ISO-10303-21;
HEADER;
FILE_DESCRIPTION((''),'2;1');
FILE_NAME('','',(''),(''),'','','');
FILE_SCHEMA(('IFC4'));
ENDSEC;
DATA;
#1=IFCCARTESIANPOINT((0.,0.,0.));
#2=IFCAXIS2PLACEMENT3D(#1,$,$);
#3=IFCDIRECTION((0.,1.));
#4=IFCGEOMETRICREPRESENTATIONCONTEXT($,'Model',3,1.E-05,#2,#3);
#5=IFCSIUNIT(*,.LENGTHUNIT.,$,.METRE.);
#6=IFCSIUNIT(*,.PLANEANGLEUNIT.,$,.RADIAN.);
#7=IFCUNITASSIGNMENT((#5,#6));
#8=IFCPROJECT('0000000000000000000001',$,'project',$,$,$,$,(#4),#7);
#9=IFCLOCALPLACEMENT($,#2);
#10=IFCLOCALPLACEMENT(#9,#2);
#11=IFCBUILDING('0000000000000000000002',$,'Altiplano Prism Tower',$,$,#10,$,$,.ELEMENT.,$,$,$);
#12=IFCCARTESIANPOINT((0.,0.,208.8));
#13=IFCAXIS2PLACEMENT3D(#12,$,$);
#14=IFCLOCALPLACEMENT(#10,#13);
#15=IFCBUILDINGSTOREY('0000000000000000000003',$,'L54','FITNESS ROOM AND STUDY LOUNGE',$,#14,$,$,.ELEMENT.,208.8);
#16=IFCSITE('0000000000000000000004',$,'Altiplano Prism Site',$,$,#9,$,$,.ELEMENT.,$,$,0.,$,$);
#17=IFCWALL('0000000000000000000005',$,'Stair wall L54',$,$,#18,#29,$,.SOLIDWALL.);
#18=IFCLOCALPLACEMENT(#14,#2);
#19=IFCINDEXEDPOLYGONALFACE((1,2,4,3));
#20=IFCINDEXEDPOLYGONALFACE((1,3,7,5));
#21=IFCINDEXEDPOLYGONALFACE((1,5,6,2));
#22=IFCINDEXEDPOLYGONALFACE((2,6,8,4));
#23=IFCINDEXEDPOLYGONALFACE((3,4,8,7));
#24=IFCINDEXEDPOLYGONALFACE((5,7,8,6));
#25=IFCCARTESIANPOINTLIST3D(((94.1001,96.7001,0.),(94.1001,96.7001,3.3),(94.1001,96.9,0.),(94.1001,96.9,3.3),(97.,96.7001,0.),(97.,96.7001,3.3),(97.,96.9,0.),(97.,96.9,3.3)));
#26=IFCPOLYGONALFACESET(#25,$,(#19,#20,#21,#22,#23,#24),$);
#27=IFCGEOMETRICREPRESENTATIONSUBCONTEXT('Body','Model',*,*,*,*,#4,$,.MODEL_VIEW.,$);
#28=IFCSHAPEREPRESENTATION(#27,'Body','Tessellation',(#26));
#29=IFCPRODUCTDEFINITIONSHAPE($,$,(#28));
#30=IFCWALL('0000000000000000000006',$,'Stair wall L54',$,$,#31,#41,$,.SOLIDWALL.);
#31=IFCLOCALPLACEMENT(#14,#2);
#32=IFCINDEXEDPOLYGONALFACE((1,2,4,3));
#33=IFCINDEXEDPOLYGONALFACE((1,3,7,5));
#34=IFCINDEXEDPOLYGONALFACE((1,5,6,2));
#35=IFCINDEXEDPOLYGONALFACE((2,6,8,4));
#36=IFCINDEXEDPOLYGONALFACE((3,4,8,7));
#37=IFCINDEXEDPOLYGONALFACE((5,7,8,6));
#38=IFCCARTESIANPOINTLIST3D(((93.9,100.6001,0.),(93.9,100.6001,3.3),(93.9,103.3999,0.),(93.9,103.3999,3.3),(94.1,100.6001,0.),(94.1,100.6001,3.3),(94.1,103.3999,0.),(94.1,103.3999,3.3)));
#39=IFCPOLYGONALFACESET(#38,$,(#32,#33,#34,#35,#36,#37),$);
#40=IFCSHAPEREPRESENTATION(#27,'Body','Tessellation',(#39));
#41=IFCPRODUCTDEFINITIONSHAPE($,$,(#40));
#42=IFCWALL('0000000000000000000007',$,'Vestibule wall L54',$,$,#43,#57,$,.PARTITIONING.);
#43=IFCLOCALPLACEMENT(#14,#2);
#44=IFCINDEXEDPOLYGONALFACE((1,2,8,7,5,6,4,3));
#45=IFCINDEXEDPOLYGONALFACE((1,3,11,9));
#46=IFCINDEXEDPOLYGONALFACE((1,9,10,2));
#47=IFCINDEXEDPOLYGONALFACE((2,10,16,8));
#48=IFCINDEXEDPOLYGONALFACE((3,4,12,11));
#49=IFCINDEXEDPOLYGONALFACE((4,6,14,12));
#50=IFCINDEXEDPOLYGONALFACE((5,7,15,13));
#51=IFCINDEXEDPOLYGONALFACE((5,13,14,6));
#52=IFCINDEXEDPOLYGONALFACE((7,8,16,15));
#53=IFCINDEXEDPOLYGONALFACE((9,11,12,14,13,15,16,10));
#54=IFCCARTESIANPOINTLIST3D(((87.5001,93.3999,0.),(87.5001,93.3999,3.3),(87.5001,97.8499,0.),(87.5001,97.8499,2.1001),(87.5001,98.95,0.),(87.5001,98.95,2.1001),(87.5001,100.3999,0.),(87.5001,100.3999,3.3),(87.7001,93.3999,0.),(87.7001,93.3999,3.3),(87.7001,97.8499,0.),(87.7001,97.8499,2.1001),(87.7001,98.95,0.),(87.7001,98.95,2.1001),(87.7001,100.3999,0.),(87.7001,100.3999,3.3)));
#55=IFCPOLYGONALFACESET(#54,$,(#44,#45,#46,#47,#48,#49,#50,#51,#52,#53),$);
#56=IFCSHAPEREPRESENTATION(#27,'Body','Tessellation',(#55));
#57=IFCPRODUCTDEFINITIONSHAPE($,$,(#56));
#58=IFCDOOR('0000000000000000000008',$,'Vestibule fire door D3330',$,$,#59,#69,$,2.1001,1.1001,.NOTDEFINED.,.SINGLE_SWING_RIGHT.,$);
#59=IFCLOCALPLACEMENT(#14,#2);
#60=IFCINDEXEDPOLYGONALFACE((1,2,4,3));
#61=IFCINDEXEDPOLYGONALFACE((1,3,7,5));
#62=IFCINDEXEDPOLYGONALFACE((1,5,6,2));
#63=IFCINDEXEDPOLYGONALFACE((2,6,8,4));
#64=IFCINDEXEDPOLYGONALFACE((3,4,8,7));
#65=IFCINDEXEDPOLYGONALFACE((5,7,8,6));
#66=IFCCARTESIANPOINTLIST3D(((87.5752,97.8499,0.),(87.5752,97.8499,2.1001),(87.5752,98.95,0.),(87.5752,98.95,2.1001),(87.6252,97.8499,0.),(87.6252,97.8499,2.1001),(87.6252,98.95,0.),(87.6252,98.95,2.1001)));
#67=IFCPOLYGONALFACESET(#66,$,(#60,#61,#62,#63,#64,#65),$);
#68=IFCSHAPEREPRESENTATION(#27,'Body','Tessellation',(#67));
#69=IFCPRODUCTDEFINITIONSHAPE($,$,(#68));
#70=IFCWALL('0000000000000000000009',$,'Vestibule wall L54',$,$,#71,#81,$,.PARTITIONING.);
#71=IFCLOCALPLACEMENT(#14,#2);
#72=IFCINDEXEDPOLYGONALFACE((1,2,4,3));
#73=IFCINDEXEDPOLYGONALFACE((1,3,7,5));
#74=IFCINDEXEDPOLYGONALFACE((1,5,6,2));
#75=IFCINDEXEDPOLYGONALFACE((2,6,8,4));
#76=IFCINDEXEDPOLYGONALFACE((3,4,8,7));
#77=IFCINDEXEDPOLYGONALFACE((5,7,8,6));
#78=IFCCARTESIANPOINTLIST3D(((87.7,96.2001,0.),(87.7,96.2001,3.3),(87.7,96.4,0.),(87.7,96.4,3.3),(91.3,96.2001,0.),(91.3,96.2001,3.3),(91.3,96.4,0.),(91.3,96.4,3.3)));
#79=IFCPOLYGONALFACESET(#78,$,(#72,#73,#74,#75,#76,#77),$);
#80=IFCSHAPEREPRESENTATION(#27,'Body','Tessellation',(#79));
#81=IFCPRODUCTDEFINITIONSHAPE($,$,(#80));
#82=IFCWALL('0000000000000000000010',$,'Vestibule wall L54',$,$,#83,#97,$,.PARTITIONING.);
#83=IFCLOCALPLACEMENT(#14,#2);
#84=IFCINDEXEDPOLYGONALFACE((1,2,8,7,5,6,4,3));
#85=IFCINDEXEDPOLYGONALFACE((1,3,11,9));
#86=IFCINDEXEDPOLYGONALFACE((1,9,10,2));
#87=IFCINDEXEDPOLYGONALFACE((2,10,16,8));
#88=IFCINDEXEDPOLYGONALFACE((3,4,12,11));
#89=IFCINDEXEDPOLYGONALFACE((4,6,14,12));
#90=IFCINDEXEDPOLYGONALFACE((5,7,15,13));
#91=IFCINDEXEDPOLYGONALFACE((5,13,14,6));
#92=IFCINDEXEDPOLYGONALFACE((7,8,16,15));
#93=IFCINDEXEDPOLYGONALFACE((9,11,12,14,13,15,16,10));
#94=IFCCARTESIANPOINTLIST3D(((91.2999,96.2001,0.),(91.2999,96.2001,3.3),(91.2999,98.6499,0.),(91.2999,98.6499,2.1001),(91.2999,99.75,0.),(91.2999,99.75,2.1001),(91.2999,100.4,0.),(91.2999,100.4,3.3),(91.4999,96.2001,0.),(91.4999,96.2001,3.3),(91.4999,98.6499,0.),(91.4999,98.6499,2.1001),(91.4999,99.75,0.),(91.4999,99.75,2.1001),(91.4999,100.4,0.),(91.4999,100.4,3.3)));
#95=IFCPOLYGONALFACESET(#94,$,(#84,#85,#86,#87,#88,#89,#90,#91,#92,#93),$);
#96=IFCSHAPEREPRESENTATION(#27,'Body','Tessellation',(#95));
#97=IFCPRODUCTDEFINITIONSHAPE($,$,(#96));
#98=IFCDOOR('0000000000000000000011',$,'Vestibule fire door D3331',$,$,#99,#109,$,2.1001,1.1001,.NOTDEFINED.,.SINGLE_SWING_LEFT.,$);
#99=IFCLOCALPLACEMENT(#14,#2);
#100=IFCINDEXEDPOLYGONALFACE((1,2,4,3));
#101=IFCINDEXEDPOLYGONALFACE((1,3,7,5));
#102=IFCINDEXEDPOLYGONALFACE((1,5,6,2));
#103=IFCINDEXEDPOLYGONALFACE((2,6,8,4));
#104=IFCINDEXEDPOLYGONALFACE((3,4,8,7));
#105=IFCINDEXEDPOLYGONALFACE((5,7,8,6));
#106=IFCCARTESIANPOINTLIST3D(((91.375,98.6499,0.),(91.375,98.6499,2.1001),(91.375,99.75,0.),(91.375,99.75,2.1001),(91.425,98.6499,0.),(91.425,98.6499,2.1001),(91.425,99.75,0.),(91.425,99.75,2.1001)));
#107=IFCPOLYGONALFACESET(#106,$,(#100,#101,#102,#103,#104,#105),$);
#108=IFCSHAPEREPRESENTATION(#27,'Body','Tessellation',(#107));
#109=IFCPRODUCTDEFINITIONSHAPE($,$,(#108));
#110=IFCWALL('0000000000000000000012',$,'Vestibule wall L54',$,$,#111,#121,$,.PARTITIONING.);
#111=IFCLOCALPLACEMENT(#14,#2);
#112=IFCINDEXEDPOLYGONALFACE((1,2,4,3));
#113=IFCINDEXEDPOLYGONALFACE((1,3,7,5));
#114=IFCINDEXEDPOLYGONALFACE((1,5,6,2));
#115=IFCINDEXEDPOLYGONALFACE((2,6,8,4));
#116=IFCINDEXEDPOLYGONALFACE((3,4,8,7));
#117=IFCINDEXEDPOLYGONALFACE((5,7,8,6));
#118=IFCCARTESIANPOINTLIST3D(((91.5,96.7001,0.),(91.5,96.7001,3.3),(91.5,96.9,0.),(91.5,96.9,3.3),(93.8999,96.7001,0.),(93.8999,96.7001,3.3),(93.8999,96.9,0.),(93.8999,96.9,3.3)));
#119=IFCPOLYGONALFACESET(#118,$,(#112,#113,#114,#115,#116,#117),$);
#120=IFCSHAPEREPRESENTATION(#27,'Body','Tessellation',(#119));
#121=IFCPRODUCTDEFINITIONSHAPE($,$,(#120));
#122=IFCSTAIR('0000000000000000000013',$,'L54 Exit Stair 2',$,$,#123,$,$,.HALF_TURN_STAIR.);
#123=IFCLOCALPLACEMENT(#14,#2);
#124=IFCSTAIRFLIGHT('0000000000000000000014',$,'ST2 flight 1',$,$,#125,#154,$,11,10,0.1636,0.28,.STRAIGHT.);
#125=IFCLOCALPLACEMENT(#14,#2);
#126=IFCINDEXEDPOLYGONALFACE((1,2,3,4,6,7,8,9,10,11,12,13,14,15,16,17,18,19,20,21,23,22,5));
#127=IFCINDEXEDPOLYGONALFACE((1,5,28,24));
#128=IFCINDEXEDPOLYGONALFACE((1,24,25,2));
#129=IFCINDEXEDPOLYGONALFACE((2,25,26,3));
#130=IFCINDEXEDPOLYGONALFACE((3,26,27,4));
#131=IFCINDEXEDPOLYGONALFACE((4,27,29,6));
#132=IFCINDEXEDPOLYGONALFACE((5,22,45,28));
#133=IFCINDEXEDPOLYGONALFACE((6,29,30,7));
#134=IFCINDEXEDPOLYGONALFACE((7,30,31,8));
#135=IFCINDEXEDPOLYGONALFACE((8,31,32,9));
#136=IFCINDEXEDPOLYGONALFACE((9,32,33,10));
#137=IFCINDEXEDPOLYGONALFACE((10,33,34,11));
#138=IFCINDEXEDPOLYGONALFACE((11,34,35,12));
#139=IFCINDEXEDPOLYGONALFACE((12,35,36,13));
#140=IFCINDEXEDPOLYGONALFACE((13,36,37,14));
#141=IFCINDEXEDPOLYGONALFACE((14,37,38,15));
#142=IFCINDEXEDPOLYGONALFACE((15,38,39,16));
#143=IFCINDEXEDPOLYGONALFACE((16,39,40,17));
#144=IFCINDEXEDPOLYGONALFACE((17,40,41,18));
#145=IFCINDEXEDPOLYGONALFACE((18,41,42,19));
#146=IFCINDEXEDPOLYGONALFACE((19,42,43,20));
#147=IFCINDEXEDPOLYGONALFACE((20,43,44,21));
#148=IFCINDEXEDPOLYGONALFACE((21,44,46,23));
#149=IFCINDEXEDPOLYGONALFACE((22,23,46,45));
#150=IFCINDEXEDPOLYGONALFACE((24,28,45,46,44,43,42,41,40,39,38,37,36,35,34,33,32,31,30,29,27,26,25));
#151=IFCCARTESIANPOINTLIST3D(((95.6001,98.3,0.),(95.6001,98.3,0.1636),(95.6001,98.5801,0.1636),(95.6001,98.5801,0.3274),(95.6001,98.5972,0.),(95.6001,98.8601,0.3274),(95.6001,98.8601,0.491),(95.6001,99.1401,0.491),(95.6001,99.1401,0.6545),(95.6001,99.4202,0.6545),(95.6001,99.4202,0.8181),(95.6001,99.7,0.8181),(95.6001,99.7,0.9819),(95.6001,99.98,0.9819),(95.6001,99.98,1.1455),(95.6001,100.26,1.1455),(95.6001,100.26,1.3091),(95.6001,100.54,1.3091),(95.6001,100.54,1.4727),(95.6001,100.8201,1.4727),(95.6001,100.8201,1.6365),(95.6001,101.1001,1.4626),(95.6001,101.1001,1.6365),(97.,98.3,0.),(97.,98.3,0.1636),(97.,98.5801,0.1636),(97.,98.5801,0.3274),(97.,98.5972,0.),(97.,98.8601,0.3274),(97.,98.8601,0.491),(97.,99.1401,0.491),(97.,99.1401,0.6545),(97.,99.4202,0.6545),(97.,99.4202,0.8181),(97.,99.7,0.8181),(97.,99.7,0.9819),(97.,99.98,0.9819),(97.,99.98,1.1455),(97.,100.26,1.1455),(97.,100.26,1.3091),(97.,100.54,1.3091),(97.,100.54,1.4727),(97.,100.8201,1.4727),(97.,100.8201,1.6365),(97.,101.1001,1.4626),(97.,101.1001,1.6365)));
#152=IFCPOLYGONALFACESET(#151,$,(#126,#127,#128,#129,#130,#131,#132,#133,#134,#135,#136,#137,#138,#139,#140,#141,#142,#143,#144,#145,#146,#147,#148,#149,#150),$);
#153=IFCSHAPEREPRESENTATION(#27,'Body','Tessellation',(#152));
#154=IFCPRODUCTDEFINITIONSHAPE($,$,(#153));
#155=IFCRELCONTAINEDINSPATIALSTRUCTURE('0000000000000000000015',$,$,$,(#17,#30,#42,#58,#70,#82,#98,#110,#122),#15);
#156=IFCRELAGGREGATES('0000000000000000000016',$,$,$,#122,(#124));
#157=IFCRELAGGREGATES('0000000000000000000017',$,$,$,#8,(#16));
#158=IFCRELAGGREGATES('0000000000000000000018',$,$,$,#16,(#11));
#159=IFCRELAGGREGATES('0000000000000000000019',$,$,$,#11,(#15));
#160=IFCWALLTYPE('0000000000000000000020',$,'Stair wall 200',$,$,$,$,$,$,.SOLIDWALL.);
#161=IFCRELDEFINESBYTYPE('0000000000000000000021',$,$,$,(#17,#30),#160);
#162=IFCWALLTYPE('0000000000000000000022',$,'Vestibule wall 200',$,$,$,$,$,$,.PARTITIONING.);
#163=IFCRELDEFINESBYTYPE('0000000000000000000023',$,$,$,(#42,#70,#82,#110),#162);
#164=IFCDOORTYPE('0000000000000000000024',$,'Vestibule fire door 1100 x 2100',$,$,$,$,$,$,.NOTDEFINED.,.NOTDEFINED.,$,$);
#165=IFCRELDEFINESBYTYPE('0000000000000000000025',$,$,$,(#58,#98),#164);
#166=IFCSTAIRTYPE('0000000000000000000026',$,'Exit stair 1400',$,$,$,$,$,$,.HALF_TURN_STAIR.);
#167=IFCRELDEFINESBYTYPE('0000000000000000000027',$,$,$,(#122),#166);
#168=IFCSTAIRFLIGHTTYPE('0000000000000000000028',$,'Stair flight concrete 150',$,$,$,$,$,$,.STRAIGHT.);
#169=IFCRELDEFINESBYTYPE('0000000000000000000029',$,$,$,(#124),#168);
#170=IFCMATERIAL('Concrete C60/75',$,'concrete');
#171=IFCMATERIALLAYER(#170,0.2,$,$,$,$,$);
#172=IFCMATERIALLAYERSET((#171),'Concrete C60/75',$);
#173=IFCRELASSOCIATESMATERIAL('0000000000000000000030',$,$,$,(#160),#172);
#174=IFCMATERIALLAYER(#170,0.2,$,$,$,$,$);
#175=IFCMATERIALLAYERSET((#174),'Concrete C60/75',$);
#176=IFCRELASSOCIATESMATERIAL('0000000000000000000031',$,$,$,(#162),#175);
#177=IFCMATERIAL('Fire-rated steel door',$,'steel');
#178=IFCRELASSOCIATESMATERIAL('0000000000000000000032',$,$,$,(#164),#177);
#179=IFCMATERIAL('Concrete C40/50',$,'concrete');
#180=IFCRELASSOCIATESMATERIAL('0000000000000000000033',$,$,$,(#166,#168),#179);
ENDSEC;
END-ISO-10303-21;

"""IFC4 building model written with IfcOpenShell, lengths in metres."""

from ifc_helpers import new_model, si_unit, direction, frame, frame_2d, origin, place, context, subcontext, project, spatial, polyline, rectangle, outline, extrude, material, layer, layer_set, type_object, element, fill, aggregate, save


model = new_model("IFC4")

# Units and contexts
model_context = context("Model", 3, precision=1e-05, world=origin(), true_north=direction((0.0, 1.0)))
body_context = subcontext(model_context, "Body", "Model", "MODEL_VIEW")
ifc_project = project(units=[si_unit("LENGTHUNIT", "METRE"), si_unit("PLANEANGLEUNIT", "RADIAN")], contexts=[model_context])

# Site, building, storey
site_placement = place(None, origin())
site = spatial("IfcSite", under=ifc_project, at=site_placement, Name="Altiplano Prism Site", CompositionType="ELEMENT", RefElevation=0.0)
building_placement = place(site_placement, origin())
building = spatial("IfcBuilding", under=site, at=building_placement, Name="Altiplano Prism Tower", CompositionType="ELEMENT")
storey_placement = place(building_placement, frame((0.0, 0.0, 208.8)))
storey = spatial("IfcBuildingStorey", under=building, at=storey_placement, Name="L54", Description="FITNESS ROOM AND STUDY LOUNGE", CompositionType="ELEMENT", Elevation=208.8)

# Shared definitions
ifc_material_1 = material(Name="Concrete C60/75", Category="concrete")

# Shared definitions
ifc_layer_1 = layer(ifc_material_1, 0.2)
ifc_layer_set_1 = layer_set([ifc_layer_1], Name="Concrete C60/75")
wall_type_1 = type_object("IfcWallType", Name="Stair wall 200", PredefinedType="SOLIDWALL", material=ifc_layer_set_1)
ifc_material_2 = material(Name="Fire-rated steel door", Category="steel")

# Walls
wall_1_placement = place(storey_placement, frame((94.1001, 96.8, 0.0), z_axis=(0.0, 0.0, 1.0), x_axis=(1.0, 0.0, 0.0)))
element("IfcWall", 1, at=wall_1_placement, inside=storey, type_object=wall_type_1, Name="Stair wall L54", PredefinedType="SOLIDWALL", context=body_context, shape_type="SweptSolid", body=[
    extrude(rectangle(XDim=2.8999, YDim=0.2, at=frame_2d((1.45, 0.0))), origin(), (0.0, 0.0, 1.0), 3.3),
])
wall_2_placement = place(storey_placement, frame((94.0, 100.6001, 0.0), z_axis=(0.0, 0.0, 1.0), x_axis=(0.0, 1.0, 0.0)))
element("IfcWall", 2, at=wall_2_placement, inside=storey, type_object=wall_type_1, Name="Stair wall L54", PredefinedType="SOLIDWALL", context=body_context, shape_type="SweptSolid", body=[
    extrude(rectangle(XDim=2.7998, YDim=0.2, at=frame_2d((1.3999, 0.0))), origin(), (0.0, 0.0, 1.0), 3.3),
])

# Wall, opening, door
ifc_layer_2 = layer(ifc_material_1, 0.2)
ifc_layer_set_2 = layer_set([ifc_layer_2], Name="Concrete C60/75")
wall_type_2 = type_object("IfcWallType", Name="Vestibule wall 200", PredefinedType="PARTITIONING", material=ifc_layer_set_2)
wall_3_placement = place(storey_placement, frame((87.6001, 93.3999, 0.0), z_axis=(0.0, 0.0, 1.0), x_axis=(0.0, 1.0, 0.0)))
wall_3 = element("IfcWall", 3, at=wall_3_placement, inside=storey, type_object=wall_type_2, Name="Vestibule wall L54", PredefinedType="PARTITIONING", context=body_context, shape_type="SweptSolid", body=[
    extrude(rectangle(XDim=7.0, YDim=0.2, at=frame_2d((3.5, 0.0))), origin(), (0.0, 0.0, 1.0), 3.3),
])
opening_1_placement = place(wall_3_placement, frame((4.45, 0.0, 0.0)))
opening_1 = element("IfcOpeningElement", 4, at=opening_1_placement, cuts=wall_3, PredefinedType="OPENING", context=body_context, shape_type="SweptSolid", body=[
    extrude(rectangle(XDim=1.1001, YDim=2.1001, at=frame_2d((0.55, 1.05))), frame((0.0, 0.1104, 0.0), z_axis=(0.0, -1.0, 0.0), x_axis=(1.0, 0.0, 0.0)), (0.0, 0.0, 1.0), 0.2209),
])
door_type_1 = type_object("IfcDoorType", Name="Vestibule fire door 1100 x 2100", OperationType="NOTDEFINED", PredefinedType="NOTDEFINED", material=ifc_material_2)
door_1_placement = place(opening_1_placement, origin())
door_1 = element("IfcDoor", 5, at=door_1_placement, inside=storey, type_object=door_type_1, Name="Vestibule fire door D3330", OperationType="SINGLE_SWING_RIGHT", OverallHeight=2.1001, OverallWidth=1.1001, PredefinedType="NOTDEFINED", context=body_context, shape_type="SweptSolid", body=[
    extrude(rectangle(XDim=1.1001, YDim=2.1001, at=frame_2d((0.55, 1.05))), frame((0.0, 0.0249, 0.0), z_axis=(0.0, -1.0, 0.0), x_axis=(1.0, 0.0, 0.0)), (0.0, 0.0, 1.0), 0.05),
])
fill(opening_1, door_1)

# Wall
wall_4_placement = place(storey_placement, frame((87.7, 96.3, 0.0), z_axis=(0.0, 0.0, 1.0), x_axis=(1.0, 0.0, 0.0)))
element("IfcWall", 6, at=wall_4_placement, inside=storey, type_object=wall_type_2, Name="Vestibule wall L54", PredefinedType="PARTITIONING", context=body_context, shape_type="SweptSolid", body=[
    extrude(rectangle(XDim=3.6001, YDim=0.2, at=frame_2d((1.8, 0.0))), origin(), (0.0, 0.0, 1.0), 3.3),
])

# Wall, opening, door
wall_5_placement = place(storey_placement, frame((91.3999, 96.2, 0.0), z_axis=(0.0, 0.0, 1.0), x_axis=(0.0, 1.0, 0.0)))
wall_5 = element("IfcWall", 7, at=wall_5_placement, inside=storey, type_object=wall_type_2, Name="Vestibule wall L54", PredefinedType="PARTITIONING", context=body_context, shape_type="SweptSolid", body=[
    extrude(rectangle(XDim=4.2, YDim=0.2, at=frame_2d((2.1001, 0.0))), origin(), (0.0, 0.0, 1.0), 3.3),
])
opening_2_placement = place(wall_5_placement, frame((2.45, 0.0, 0.0)))
opening_2 = element("IfcOpeningElement", 8, at=opening_2_placement, cuts=wall_5, PredefinedType="OPENING", context=body_context, shape_type="SweptSolid", body=[
    extrude(rectangle(XDim=1.1001, YDim=2.1001, at=frame_2d((0.55, 1.05))), frame((0.0, 0.1104, 0.0), z_axis=(0.0, -1.0, 0.0), x_axis=(1.0, 0.0, 0.0)), (0.0, 0.0, 1.0), 0.2209),
])
door_2_placement = place(opening_2_placement, origin())
door_2 = element("IfcDoor", 9, at=door_2_placement, inside=storey, type_object=door_type_1, Name="Vestibule fire door D3331", OperationType="SINGLE_SWING_LEFT", OverallHeight=2.1001, OverallWidth=1.1001, PredefinedType="NOTDEFINED", context=body_context, shape_type="SweptSolid", body=[
    extrude(rectangle(XDim=1.1001, YDim=2.1001, at=frame_2d((0.55, 1.05))), frame((0.0, 0.0249, 0.0), z_axis=(0.0, -1.0, 0.0), x_axis=(1.0, 0.0, 0.0)), (0.0, 0.0, 1.0), 0.05),
])
fill(opening_2, door_2)

# Wall
wall_6_placement = place(storey_placement, frame((91.5, 96.8, 0.0), z_axis=(0.0, 0.0, 1.0), x_axis=(1.0, 0.0, 0.0)))
element("IfcWall", 10, at=wall_6_placement, inside=storey, type_object=wall_type_2, Name="Vestibule wall L54", PredefinedType="PARTITIONING", context=body_context, shape_type="SweptSolid", body=[
    extrude(rectangle(XDim=2.3999, YDim=0.2, at=frame_2d((1.2, 0.0))), origin(), (0.0, 0.0, 1.0), 3.3),
])

# Stair, stair flight
ifc_material_3 = material(Name="Concrete C40/50", Category="concrete")
stair_type = type_object("IfcStairType", Name="Exit stair 1400", PredefinedType="HALF_TURN_STAIR", material=ifc_material_3)
stair_placement = place(storey_placement, origin())
stair = element("IfcStair", 11, at=stair_placement, inside=storey, type_object=stair_type, Name="L54 Exit Stair 2", PredefinedType="HALF_TURN_STAIR")
stair_flight_type = type_object("IfcStairFlightType", Name="Stair flight concrete 150", PredefinedType="STRAIGHT", material=ifc_material_3)
stair_flight_1_placement = place(storey_placement, frame((96.3, 98.3, 0.0), z_axis=(0.0, 0.0, 1.0), x_axis=(0.0, 1.0, 0.0)))
stair_flight_1 = element("IfcStairFlight", 12, at=stair_flight_1_placement, type_object=stair_flight_type, Name="ST2 flight 1", NumberOfRisers=11, NumberOfTreads=10, PredefinedType="STRAIGHT", RiserHeight=0.1636, TreadLength=0.28, context=body_context, shape_type="SweptSolid", body=[
    extrude(outline(polyline([(0.0, 0.0), (0.0, 0.1636), (0.28, 0.1636), (0.28, 0.3274), (0.5601, 0.3274), (0.5601, 0.491), (0.8401, 0.491), (0.8401, 0.6545), (1.1201, 0.6545), (1.1201, 0.8181), (1.3999, 0.8181), (1.3999, 0.9819), (1.6799, 0.9819), (1.6799, 1.1455), (1.96, 1.1455), (1.96, 1.3091), (2.24, 1.3091), (2.24, 1.4727), (2.52, 1.4727), (2.52, 1.6365), (2.8, 1.6365), (2.8, 1.8), (2.8, 1.4626), (0.2971, 0.0), (0.0, 0.0)])), frame((0.0, 0.7, 0.0), z_axis=(0.0, -1.0, 0.0), x_axis=(1.0, 0.0, 0.0)), (0.0, 0.0, 1.0), 1.3999),
])
aggregate(stair, [stair_flight_1])

save(model, "model.ifc")
